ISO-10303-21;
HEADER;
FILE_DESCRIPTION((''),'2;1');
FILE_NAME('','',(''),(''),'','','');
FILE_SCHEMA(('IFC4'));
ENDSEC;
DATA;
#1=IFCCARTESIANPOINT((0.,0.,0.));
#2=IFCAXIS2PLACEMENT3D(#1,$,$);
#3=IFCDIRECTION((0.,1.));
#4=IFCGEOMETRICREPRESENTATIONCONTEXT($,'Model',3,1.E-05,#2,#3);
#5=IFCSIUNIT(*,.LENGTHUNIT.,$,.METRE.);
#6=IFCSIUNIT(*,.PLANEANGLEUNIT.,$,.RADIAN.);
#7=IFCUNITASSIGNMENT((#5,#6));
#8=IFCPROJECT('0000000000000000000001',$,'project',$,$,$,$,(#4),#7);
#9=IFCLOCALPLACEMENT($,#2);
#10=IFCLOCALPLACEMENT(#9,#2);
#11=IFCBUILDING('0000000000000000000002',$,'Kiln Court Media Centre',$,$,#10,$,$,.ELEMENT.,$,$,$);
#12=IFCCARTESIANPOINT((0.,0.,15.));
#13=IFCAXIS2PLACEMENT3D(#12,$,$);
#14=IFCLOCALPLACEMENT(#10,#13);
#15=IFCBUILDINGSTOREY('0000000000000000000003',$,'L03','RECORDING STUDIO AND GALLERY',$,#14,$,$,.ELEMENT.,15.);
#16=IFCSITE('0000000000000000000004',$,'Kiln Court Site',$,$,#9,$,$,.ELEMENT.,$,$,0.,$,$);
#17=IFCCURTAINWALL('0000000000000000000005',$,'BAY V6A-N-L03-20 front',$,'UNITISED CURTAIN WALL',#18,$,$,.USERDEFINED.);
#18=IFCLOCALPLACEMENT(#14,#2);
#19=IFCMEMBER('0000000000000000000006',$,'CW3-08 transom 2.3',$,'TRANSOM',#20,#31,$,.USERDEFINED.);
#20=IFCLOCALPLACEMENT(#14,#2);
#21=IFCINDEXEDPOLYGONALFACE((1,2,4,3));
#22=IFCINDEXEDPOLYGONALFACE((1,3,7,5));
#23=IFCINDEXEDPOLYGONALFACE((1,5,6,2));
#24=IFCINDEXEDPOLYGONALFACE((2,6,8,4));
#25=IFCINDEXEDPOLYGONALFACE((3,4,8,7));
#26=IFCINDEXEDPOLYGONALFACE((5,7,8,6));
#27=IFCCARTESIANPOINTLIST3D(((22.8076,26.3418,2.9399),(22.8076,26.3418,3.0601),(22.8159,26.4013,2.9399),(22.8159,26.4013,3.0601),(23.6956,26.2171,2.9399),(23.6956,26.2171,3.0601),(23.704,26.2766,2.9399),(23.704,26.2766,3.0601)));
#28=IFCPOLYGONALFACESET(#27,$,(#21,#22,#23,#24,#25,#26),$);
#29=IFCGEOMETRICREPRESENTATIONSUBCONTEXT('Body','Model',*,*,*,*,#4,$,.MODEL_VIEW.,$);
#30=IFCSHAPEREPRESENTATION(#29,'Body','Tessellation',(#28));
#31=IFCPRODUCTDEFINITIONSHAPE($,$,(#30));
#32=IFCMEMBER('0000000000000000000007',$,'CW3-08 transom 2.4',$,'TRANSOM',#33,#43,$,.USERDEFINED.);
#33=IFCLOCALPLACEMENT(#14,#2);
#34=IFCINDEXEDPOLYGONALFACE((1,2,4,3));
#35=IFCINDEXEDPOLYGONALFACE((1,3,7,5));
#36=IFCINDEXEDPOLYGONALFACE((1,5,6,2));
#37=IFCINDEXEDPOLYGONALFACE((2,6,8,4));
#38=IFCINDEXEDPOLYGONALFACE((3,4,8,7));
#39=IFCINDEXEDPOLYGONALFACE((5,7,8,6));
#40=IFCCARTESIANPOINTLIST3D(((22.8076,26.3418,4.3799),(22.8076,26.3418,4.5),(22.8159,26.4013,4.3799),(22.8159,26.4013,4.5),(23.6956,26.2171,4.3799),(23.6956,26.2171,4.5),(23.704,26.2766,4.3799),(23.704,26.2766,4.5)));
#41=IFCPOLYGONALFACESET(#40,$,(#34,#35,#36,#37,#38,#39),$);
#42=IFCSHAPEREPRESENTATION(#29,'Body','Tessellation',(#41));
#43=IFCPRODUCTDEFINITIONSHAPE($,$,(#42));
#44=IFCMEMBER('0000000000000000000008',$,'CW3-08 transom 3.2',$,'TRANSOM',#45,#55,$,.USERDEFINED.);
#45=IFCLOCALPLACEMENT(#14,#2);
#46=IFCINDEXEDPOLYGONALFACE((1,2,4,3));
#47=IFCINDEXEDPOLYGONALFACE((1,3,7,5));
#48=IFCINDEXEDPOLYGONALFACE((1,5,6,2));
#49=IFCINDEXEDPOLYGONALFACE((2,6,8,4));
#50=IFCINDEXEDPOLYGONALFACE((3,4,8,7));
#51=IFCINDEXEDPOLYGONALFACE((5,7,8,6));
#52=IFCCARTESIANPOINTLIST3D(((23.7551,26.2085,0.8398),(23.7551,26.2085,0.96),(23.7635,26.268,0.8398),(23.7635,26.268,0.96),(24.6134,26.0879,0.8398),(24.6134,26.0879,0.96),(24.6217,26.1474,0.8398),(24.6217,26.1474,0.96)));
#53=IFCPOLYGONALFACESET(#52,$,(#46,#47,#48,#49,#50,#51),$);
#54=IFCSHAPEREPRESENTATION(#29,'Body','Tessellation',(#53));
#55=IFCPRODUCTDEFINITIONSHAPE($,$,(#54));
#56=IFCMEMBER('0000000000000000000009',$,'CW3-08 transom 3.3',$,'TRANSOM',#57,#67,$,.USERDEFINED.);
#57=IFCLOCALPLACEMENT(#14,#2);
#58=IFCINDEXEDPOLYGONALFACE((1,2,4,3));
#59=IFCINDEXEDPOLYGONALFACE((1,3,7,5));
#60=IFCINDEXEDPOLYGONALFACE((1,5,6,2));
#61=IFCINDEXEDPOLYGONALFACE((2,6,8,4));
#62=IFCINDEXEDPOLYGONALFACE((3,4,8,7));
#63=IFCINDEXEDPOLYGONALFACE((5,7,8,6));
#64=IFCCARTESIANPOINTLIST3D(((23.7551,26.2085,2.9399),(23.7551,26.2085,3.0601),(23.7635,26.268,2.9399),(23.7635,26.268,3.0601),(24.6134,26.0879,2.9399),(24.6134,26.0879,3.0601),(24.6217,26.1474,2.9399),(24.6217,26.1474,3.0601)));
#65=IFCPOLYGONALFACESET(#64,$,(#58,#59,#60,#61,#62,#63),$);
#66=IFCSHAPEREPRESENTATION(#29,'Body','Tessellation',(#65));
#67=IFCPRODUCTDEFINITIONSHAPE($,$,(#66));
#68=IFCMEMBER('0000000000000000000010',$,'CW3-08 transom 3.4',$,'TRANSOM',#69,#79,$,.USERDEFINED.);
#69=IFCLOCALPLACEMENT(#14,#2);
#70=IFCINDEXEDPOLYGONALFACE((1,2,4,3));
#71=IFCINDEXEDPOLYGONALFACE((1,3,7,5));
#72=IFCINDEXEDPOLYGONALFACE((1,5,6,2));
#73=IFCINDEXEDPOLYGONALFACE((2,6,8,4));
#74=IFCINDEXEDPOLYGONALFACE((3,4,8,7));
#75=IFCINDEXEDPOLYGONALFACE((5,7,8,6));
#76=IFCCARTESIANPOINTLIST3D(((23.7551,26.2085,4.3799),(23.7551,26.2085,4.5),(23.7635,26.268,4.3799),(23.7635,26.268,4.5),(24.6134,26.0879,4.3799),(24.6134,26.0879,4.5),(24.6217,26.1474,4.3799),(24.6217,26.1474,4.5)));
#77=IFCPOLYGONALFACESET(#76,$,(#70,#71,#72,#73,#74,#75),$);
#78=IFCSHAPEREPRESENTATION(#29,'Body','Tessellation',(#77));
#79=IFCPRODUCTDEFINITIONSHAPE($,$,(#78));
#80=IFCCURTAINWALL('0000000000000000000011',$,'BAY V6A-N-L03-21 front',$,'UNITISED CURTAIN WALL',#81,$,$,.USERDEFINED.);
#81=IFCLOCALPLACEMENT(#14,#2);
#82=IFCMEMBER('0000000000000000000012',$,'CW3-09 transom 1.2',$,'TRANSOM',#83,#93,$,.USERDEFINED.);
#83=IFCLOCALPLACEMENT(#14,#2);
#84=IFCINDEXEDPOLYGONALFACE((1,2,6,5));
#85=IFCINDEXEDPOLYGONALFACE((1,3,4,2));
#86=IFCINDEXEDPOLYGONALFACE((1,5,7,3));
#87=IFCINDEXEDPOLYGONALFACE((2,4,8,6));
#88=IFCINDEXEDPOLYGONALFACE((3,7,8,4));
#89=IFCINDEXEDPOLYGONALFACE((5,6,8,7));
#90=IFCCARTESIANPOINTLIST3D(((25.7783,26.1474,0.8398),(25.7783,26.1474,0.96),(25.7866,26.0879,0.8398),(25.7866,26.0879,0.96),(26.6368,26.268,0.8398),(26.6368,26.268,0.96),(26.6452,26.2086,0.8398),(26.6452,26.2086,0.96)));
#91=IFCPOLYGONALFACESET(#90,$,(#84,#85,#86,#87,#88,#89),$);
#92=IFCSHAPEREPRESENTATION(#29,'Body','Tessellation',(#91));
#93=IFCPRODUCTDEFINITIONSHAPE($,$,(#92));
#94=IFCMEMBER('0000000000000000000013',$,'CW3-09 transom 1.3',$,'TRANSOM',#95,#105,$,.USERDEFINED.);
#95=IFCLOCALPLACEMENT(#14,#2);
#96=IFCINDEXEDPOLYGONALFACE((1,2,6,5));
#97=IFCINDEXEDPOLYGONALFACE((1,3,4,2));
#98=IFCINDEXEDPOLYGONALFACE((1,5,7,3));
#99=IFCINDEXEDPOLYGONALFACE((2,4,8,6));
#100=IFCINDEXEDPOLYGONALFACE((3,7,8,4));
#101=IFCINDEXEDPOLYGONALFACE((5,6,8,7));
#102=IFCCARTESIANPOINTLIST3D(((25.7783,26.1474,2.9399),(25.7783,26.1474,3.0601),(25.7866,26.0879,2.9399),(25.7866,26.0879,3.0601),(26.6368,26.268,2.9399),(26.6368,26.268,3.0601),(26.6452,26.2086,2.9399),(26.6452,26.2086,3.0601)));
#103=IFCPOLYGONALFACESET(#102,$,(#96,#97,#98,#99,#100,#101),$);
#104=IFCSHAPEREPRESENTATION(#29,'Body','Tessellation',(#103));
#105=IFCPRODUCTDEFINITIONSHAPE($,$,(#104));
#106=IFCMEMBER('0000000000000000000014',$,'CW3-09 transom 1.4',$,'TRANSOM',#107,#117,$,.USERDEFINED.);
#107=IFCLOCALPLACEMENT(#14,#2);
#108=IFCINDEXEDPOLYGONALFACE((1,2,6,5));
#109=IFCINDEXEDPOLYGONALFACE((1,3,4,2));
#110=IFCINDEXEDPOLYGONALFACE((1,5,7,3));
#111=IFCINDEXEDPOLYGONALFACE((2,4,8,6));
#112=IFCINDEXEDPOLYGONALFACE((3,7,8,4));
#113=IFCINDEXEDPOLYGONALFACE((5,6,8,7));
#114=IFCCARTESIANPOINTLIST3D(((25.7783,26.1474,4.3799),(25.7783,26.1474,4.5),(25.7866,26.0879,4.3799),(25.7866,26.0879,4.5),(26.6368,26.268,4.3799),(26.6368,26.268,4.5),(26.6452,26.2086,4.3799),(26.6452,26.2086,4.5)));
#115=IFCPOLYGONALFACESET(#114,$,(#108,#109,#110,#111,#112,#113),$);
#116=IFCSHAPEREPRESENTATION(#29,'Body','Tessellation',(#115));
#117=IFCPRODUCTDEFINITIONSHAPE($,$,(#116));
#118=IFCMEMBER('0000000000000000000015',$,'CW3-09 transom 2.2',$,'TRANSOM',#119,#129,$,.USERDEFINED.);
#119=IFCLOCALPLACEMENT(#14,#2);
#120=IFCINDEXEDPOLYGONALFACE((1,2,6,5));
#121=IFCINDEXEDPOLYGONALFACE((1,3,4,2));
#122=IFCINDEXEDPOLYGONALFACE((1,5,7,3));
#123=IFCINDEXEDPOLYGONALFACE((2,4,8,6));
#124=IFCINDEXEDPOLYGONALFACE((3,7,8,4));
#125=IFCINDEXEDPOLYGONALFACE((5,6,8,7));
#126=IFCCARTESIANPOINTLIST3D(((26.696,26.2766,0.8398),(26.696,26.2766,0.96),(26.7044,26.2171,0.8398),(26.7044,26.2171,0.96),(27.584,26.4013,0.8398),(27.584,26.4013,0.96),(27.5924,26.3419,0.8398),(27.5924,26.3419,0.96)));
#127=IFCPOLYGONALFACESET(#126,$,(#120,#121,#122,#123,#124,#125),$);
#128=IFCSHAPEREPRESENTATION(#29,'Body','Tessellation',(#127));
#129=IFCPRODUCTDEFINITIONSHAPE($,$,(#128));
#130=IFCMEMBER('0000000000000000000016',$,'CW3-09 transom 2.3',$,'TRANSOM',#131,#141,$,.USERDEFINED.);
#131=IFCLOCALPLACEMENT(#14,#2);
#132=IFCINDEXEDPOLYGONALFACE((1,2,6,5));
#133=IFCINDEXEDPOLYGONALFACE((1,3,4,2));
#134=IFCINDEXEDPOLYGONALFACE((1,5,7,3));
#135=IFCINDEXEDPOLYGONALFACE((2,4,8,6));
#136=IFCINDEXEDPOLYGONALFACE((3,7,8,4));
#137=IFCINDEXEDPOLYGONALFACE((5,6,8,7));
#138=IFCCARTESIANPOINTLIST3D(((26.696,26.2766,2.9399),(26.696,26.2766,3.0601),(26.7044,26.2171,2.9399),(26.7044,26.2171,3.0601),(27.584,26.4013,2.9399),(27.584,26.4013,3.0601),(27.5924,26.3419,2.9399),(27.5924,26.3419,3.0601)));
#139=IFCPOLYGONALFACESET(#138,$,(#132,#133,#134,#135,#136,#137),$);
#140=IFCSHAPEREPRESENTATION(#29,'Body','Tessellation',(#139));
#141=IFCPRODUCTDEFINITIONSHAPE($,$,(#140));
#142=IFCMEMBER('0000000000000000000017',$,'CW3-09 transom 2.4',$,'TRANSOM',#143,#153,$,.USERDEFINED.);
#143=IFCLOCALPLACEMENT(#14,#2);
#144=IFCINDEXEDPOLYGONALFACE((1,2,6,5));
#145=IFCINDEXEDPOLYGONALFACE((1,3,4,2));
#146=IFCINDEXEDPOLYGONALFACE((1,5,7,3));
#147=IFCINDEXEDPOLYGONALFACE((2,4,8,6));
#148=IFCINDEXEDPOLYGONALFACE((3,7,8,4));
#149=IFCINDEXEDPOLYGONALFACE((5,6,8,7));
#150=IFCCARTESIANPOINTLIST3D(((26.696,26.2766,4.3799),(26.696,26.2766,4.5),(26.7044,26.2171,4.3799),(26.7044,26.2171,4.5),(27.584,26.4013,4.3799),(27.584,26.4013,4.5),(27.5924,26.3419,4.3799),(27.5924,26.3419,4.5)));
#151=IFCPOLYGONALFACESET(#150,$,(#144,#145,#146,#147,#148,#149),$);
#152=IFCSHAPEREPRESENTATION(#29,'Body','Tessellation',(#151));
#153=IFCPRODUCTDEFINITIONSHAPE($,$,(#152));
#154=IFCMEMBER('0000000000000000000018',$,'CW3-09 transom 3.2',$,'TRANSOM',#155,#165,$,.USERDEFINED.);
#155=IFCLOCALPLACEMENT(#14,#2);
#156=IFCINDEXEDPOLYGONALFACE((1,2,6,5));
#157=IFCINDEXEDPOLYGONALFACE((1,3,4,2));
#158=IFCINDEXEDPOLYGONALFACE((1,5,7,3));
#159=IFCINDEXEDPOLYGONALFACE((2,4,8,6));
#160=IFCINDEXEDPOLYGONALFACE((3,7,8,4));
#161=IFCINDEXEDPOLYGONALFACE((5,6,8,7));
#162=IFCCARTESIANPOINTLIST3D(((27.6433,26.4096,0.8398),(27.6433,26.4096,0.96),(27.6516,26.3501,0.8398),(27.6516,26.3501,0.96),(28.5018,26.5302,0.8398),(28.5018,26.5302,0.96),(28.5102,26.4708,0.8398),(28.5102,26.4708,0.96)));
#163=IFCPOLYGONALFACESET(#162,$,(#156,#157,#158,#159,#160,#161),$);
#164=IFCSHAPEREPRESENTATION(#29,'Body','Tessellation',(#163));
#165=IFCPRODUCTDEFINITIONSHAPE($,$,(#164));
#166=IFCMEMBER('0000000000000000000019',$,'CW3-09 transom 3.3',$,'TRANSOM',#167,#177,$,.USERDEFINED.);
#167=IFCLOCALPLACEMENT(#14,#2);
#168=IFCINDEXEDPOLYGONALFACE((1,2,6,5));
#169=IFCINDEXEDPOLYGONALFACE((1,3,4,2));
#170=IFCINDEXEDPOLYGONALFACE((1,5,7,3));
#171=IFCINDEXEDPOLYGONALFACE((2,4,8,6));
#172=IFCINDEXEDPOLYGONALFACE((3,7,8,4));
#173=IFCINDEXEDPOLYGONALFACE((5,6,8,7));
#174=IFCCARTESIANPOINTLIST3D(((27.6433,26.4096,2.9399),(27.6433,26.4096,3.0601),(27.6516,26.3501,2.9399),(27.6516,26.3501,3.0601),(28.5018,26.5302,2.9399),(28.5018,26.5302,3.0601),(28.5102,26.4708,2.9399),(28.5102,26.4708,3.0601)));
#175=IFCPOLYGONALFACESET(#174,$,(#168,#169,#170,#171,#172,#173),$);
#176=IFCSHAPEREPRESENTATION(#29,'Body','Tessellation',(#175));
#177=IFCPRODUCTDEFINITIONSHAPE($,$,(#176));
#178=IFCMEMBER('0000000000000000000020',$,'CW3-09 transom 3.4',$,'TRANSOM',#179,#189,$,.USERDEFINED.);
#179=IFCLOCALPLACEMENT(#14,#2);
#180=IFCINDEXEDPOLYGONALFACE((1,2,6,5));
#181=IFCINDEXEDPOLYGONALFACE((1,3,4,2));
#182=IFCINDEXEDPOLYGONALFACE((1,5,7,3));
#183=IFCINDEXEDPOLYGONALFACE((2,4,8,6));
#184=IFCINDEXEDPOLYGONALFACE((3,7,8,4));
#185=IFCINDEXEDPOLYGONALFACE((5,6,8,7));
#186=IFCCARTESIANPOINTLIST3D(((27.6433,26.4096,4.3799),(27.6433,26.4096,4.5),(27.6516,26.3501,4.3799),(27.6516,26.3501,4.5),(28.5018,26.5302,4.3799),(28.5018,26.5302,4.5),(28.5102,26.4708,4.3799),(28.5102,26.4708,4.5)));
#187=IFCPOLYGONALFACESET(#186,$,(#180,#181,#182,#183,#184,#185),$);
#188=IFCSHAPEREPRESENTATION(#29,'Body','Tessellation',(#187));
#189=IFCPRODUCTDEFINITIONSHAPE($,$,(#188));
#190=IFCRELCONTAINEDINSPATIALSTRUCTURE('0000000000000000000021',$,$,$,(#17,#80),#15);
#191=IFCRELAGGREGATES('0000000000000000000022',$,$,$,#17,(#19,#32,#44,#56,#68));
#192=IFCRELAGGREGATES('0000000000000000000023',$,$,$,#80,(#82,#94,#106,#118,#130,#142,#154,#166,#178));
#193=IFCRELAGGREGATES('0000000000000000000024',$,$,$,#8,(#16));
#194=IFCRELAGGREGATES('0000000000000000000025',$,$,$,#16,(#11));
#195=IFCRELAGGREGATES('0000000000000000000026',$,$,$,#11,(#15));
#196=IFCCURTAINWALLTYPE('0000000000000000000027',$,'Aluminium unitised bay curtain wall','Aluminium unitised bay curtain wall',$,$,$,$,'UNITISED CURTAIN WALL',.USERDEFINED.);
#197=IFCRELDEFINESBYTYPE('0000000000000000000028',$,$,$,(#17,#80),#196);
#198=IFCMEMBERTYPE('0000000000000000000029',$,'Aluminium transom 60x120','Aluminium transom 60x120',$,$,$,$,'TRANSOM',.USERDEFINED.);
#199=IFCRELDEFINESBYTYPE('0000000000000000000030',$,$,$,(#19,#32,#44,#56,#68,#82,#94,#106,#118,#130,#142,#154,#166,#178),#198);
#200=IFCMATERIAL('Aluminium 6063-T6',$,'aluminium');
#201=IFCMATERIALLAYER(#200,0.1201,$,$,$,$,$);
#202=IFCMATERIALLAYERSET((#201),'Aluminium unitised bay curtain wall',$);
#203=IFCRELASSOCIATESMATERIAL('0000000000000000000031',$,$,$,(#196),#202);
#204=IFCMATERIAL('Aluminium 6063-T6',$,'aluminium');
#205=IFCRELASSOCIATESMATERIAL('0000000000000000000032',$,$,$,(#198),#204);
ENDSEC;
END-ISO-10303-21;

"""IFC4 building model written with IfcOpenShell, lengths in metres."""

from ifc_helpers import new_model, si_unit, direction, frame, origin, origin_2d, place, context, subcontext, project, spatial, rectangle, extrude, material, layer, layer_set, material_profile, profile_set, type_object, element, aggregate, save


model = new_model("IFC4")

# Units and contexts
model_context = context("Model", 3, precision=1e-05, world=origin(), true_north=direction((0.0, 1.0)))
body_context = subcontext(model_context, "Body", "Model", "MODEL_VIEW")
ifc_project = project(units=[si_unit("LENGTHUNIT", "METRE"), si_unit("PLANEANGLEUNIT", "RADIAN")], contexts=[model_context])

# Site, building, storey
site_placement = place(None, origin())
site = spatial("IfcSite", under=ifc_project, at=site_placement, Name="Kiln Court Site", CompositionType="ELEMENT", RefElevation=0.0)
building_placement = place(site_placement, origin())
building = spatial("IfcBuilding", under=site, at=building_placement, Name="Kiln Court Media Centre", CompositionType="ELEMENT")
storey_placement = place(building_placement, frame((0.0, 0.0, 15.0)))
storey = spatial("IfcBuildingStorey", under=building, at=storey_placement, Name="L03", Description="RECORDING STUDIO AND GALLERY", CompositionType="ELEMENT", Elevation=15.0)

# Curtain walls, members
ifc_material_1 = material(Name="Aluminium 6063-T6", Category="aluminium")
ifc_layer_1 = layer(ifc_material_1, 0.1201)
ifc_layer_set_1 = layer_set([ifc_layer_1], Name="Aluminium unitised bay curtain wall")
curtain_wall_type = type_object("IfcCurtainWallType", Name="Aluminium unitised bay curtain wall", Description="Aluminium unitised bay curtain wall", ElementType="UNITISED CURTAIN WALL", PredefinedType="USERDEFINED", material=ifc_layer_set_1)
curtain_wall_1_placement = place(storey_placement, origin())
curtain_wall_1 = element("IfcCurtainWall", 1, at=curtain_wall_1_placement, inside=storey, type_object=curtain_wall_type, Name="BAY V6A-N-L03-20 front", ObjectType="UNITISED CURTAIN WALL", PredefinedType="USERDEFINED")
ifc_material_2 = material(Name="Aluminium 6063-T6", Category="aluminium")
ifc_material_profile = material_profile(ifc_material_2, rectangle(XDim=0.0601, YDim=0.1201, at=origin_2d()), Name="Aluminium transom 60x120")
ifc_profile_set = profile_set([ifc_material_profile], Name="Aluminium 6063-T6")
member_type = type_object("IfcMemberType", Name="Aluminium transom 60x120", Description="Aluminium transom 60x120", ElementType="TRANSOM", PredefinedType="USERDEFINED", material=ifc_profile_set)
member_1_placement = place(storey_placement, frame((22.8118, 26.3716, 3.0), z_axis=(0.990274, -0.139134, 0.0), x_axis=(0.139134, 0.990274, 0.0)))
member_1 = element("IfcMember", 2, at=member_1_placement, type_object=member_type, Name="CW3-08 transom 2.3", ObjectType="TRANSOM", PredefinedType="USERDEFINED", context=body_context, shape_type="SweptSolid", body=[
    extrude(rectangle(XDim=0.0601, YDim=0.1201, at=origin_2d()), origin(), (0.0, 0.0, 1.0), 0.8967),
])
member_2_placement = place(storey_placement, frame((22.8118, 26.3716, 4.4399), z_axis=(0.990274, -0.139134, 0.0), x_axis=(0.139134, 0.990274, 0.0)))
member_2 = element("IfcMember", 3, at=member_2_placement, type_object=member_type, Name="CW3-08 transom 2.4", ObjectType="TRANSOM", PredefinedType="USERDEFINED", context=body_context, shape_type="SweptSolid", body=[
    extrude(rectangle(XDim=0.0601, YDim=0.1201, at=origin_2d()), origin(), (0.0, 0.0, 1.0), 0.8967),
])
member_3_placement = place(storey_placement, frame((23.7593, 26.2383, 0.8999), z_axis=(0.990268, -0.139173, 0.0), x_axis=(0.139173, 0.990268, 0.0)))
member_3 = element("IfcMember", 4, at=member_3_placement, type_object=member_type, Name="CW3-08 transom 3.2", ObjectType="TRANSOM", PredefinedType="USERDEFINED", context=body_context, shape_type="SweptSolid", body=[
    extrude(rectangle(XDim=0.0601, YDim=0.1201, at=origin_2d()), origin(), (0.0, 0.0, 1.0), 0.8667),
])
member_4_placement = place(storey_placement, frame((23.7593, 26.2383, 3.0), z_axis=(0.990268, -0.139173, 0.0), x_axis=(0.139173, 0.990268, 0.0)))
member_4 = element("IfcMember", 5, at=member_4_placement, type_object=member_type, Name="CW3-08 transom 3.3", ObjectType="TRANSOM", PredefinedType="USERDEFINED", context=body_context, shape_type="SweptSolid", body=[
    extrude(rectangle(XDim=0.0601, YDim=0.1201, at=origin_2d()), origin(), (0.0, 0.0, 1.0), 0.8667),
])
member_5_placement = place(storey_placement, frame((23.7593, 26.2383, 4.4399), z_axis=(0.990268, -0.139173, 0.0), x_axis=(0.139173, 0.990268, 0.0)))
member_5 = element("IfcMember", 6, at=member_5_placement, type_object=member_type, Name="CW3-08 transom 3.4", ObjectType="TRANSOM", PredefinedType="USERDEFINED", context=body_context, shape_type="SweptSolid", body=[
    extrude(rectangle(XDim=0.0601, YDim=0.1201, at=origin_2d()), origin(), (0.0, 0.0, 1.0), 0.8667),
])
curtain_wall_2_placement = place(storey_placement, origin())
curtain_wall_2 = element("IfcCurtainWall", 7, at=curtain_wall_2_placement, inside=storey, type_object=curtain_wall_type, Name="BAY V6A-N-L03-21 front", ObjectType="UNITISED CURTAIN WALL", PredefinedType="USERDEFINED")
member_6_placement = place(storey_placement, frame((25.7825, 26.1177, 0.8999), z_axis=(0.990274, 0.139134, 0.0), x_axis=(-0.139134, 0.990274, 0.0)))
member_6 = element("IfcMember", 8, at=member_6_placement, type_object=member_type, Name="CW3-09 transom 1.2", ObjectType="TRANSOM", PredefinedType="USERDEFINED", context=body_context, shape_type="SweptSolid", body=[
    extrude(rectangle(XDim=0.0601, YDim=0.1201, at=origin_2d()), origin(), (0.0, 0.0, 1.0), 0.8669),
])
member_7_placement = place(storey_placement, frame((25.7825, 26.1177, 3.0), z_axis=(0.990274, 0.139134, 0.0), x_axis=(-0.139134, 0.990274, 0.0)))
member_7 = element("IfcMember", 9, at=member_7_placement, type_object=member_type, Name="CW3-09 transom 1.3", ObjectType="TRANSOM", PredefinedType="USERDEFINED", context=body_context, shape_type="SweptSolid", body=[
    extrude(rectangle(XDim=0.0601, YDim=0.1201, at=origin_2d()), origin(), (0.0, 0.0, 1.0), 0.8669),
])
member_8_placement = place(storey_placement, frame((25.7825, 26.1177, 4.4399), z_axis=(0.990274, 0.139134, 0.0), x_axis=(-0.139134, 0.990274, 0.0)))
member_8 = element("IfcMember", 10, at=member_8_placement, type_object=member_type, Name="CW3-09 transom 1.4", ObjectType="TRANSOM", PredefinedType="USERDEFINED", context=body_context, shape_type="SweptSolid", body=[
    extrude(rectangle(XDim=0.0601, YDim=0.1201, at=origin_2d()), origin(), (0.0, 0.0, 1.0), 0.8669),
])
member_9_placement = place(storey_placement, frame((26.7002, 26.2468, 0.8999), z_axis=(0.990274, 0.139134, 0.0), x_axis=(-0.139134, 0.990274, 0.0)))
member_9 = element("IfcMember", 11, at=member_9_placement, type_object=member_type, Name="CW3-09 transom 2.2", ObjectType="TRANSOM", PredefinedType="USERDEFINED", context=body_context, shape_type="SweptSolid", body=[
    extrude(rectangle(XDim=0.0601, YDim=0.1201, at=origin_2d()), origin(), (0.0, 0.0, 1.0), 0.8967),
])
member_10_placement = place(storey_placement, frame((26.7002, 26.2468, 3.0), z_axis=(0.990274, 0.139134, 0.0), x_axis=(-0.139134, 0.990274, 0.0)))
member_10 = element("IfcMember", 12, at=member_10_placement, type_object=member_type, Name="CW3-09 transom 2.3", ObjectType="TRANSOM", PredefinedType="USERDEFINED", context=body_context, shape_type="SweptSolid", body=[
    extrude(rectangle(XDim=0.0601, YDim=0.1201, at=origin_2d()), origin(), (0.0, 0.0, 1.0), 0.8967),
])
member_11_placement = place(storey_placement, frame((26.7002, 26.2468, 4.4399), z_axis=(0.990274, 0.139134, 0.0), x_axis=(-0.139134, 0.990274, 0.0)))
member_11 = element("IfcMember", 13, at=member_11_placement, type_object=member_type, Name="CW3-09 transom 2.4", ObjectType="TRANSOM", PredefinedType="USERDEFINED", context=body_context, shape_type="SweptSolid", body=[
    extrude(rectangle(XDim=0.0601, YDim=0.1201, at=origin_2d()), origin(), (0.0, 0.0, 1.0), 0.8967),
])
member_12_placement = place(storey_placement, frame((27.6475, 26.3799, 0.8999), z_axis=(0.990274, 0.139134, 0.0), x_axis=(-0.139134, 0.990274, 0.0)))
member_12 = element("IfcMember", 14, at=member_12_placement, type_object=member_type, Name="CW3-09 transom 3.2", ObjectType="TRANSOM", PredefinedType="USERDEFINED", context=body_context, shape_type="SweptSolid", body=[
    extrude(rectangle(XDim=0.0601, YDim=0.1201, at=origin_2d()), origin(), (0.0, 0.0, 1.0), 0.8669),
])
member_13_placement = place(storey_placement, frame((27.6475, 26.3799, 3.0), z_axis=(0.990274, 0.139134, 0.0), x_axis=(-0.139134, 0.990274, 0.0)))
member_13 = element("IfcMember", 15, at=member_13_placement, type_object=member_type, Name="CW3-09 transom 3.3", ObjectType="TRANSOM", PredefinedType="USERDEFINED", context=body_context, shape_type="SweptSolid", body=[
    extrude(rectangle(XDim=0.0601, YDim=0.1201, at=origin_2d()), origin(), (0.0, 0.0, 1.0), 0.8669),
])
member_14_placement = place(storey_placement, frame((27.6475, 26.3799, 4.4399), z_axis=(0.990274, 0.139134, 0.0), x_axis=(-0.139134, 0.990274, 0.0)))
member_14 = element("IfcMember", 16, at=member_14_placement, type_object=member_type, Name="CW3-09 transom 3.4", ObjectType="TRANSOM", PredefinedType="USERDEFINED", context=body_context, shape_type="SweptSolid", body=[
    extrude(rectangle(XDim=0.0601, YDim=0.1201, at=origin_2d()), origin(), (0.0, 0.0, 1.0), 0.8669),
])

aggregate(curtain_wall_1, [member_1, member_2, member_3, member_4, member_5])
aggregate(curtain_wall_2, [member_6, member_7, member_8, member_9, member_10, member_11, member_12, member_13, member_14])

save(model, "model.ifc")
